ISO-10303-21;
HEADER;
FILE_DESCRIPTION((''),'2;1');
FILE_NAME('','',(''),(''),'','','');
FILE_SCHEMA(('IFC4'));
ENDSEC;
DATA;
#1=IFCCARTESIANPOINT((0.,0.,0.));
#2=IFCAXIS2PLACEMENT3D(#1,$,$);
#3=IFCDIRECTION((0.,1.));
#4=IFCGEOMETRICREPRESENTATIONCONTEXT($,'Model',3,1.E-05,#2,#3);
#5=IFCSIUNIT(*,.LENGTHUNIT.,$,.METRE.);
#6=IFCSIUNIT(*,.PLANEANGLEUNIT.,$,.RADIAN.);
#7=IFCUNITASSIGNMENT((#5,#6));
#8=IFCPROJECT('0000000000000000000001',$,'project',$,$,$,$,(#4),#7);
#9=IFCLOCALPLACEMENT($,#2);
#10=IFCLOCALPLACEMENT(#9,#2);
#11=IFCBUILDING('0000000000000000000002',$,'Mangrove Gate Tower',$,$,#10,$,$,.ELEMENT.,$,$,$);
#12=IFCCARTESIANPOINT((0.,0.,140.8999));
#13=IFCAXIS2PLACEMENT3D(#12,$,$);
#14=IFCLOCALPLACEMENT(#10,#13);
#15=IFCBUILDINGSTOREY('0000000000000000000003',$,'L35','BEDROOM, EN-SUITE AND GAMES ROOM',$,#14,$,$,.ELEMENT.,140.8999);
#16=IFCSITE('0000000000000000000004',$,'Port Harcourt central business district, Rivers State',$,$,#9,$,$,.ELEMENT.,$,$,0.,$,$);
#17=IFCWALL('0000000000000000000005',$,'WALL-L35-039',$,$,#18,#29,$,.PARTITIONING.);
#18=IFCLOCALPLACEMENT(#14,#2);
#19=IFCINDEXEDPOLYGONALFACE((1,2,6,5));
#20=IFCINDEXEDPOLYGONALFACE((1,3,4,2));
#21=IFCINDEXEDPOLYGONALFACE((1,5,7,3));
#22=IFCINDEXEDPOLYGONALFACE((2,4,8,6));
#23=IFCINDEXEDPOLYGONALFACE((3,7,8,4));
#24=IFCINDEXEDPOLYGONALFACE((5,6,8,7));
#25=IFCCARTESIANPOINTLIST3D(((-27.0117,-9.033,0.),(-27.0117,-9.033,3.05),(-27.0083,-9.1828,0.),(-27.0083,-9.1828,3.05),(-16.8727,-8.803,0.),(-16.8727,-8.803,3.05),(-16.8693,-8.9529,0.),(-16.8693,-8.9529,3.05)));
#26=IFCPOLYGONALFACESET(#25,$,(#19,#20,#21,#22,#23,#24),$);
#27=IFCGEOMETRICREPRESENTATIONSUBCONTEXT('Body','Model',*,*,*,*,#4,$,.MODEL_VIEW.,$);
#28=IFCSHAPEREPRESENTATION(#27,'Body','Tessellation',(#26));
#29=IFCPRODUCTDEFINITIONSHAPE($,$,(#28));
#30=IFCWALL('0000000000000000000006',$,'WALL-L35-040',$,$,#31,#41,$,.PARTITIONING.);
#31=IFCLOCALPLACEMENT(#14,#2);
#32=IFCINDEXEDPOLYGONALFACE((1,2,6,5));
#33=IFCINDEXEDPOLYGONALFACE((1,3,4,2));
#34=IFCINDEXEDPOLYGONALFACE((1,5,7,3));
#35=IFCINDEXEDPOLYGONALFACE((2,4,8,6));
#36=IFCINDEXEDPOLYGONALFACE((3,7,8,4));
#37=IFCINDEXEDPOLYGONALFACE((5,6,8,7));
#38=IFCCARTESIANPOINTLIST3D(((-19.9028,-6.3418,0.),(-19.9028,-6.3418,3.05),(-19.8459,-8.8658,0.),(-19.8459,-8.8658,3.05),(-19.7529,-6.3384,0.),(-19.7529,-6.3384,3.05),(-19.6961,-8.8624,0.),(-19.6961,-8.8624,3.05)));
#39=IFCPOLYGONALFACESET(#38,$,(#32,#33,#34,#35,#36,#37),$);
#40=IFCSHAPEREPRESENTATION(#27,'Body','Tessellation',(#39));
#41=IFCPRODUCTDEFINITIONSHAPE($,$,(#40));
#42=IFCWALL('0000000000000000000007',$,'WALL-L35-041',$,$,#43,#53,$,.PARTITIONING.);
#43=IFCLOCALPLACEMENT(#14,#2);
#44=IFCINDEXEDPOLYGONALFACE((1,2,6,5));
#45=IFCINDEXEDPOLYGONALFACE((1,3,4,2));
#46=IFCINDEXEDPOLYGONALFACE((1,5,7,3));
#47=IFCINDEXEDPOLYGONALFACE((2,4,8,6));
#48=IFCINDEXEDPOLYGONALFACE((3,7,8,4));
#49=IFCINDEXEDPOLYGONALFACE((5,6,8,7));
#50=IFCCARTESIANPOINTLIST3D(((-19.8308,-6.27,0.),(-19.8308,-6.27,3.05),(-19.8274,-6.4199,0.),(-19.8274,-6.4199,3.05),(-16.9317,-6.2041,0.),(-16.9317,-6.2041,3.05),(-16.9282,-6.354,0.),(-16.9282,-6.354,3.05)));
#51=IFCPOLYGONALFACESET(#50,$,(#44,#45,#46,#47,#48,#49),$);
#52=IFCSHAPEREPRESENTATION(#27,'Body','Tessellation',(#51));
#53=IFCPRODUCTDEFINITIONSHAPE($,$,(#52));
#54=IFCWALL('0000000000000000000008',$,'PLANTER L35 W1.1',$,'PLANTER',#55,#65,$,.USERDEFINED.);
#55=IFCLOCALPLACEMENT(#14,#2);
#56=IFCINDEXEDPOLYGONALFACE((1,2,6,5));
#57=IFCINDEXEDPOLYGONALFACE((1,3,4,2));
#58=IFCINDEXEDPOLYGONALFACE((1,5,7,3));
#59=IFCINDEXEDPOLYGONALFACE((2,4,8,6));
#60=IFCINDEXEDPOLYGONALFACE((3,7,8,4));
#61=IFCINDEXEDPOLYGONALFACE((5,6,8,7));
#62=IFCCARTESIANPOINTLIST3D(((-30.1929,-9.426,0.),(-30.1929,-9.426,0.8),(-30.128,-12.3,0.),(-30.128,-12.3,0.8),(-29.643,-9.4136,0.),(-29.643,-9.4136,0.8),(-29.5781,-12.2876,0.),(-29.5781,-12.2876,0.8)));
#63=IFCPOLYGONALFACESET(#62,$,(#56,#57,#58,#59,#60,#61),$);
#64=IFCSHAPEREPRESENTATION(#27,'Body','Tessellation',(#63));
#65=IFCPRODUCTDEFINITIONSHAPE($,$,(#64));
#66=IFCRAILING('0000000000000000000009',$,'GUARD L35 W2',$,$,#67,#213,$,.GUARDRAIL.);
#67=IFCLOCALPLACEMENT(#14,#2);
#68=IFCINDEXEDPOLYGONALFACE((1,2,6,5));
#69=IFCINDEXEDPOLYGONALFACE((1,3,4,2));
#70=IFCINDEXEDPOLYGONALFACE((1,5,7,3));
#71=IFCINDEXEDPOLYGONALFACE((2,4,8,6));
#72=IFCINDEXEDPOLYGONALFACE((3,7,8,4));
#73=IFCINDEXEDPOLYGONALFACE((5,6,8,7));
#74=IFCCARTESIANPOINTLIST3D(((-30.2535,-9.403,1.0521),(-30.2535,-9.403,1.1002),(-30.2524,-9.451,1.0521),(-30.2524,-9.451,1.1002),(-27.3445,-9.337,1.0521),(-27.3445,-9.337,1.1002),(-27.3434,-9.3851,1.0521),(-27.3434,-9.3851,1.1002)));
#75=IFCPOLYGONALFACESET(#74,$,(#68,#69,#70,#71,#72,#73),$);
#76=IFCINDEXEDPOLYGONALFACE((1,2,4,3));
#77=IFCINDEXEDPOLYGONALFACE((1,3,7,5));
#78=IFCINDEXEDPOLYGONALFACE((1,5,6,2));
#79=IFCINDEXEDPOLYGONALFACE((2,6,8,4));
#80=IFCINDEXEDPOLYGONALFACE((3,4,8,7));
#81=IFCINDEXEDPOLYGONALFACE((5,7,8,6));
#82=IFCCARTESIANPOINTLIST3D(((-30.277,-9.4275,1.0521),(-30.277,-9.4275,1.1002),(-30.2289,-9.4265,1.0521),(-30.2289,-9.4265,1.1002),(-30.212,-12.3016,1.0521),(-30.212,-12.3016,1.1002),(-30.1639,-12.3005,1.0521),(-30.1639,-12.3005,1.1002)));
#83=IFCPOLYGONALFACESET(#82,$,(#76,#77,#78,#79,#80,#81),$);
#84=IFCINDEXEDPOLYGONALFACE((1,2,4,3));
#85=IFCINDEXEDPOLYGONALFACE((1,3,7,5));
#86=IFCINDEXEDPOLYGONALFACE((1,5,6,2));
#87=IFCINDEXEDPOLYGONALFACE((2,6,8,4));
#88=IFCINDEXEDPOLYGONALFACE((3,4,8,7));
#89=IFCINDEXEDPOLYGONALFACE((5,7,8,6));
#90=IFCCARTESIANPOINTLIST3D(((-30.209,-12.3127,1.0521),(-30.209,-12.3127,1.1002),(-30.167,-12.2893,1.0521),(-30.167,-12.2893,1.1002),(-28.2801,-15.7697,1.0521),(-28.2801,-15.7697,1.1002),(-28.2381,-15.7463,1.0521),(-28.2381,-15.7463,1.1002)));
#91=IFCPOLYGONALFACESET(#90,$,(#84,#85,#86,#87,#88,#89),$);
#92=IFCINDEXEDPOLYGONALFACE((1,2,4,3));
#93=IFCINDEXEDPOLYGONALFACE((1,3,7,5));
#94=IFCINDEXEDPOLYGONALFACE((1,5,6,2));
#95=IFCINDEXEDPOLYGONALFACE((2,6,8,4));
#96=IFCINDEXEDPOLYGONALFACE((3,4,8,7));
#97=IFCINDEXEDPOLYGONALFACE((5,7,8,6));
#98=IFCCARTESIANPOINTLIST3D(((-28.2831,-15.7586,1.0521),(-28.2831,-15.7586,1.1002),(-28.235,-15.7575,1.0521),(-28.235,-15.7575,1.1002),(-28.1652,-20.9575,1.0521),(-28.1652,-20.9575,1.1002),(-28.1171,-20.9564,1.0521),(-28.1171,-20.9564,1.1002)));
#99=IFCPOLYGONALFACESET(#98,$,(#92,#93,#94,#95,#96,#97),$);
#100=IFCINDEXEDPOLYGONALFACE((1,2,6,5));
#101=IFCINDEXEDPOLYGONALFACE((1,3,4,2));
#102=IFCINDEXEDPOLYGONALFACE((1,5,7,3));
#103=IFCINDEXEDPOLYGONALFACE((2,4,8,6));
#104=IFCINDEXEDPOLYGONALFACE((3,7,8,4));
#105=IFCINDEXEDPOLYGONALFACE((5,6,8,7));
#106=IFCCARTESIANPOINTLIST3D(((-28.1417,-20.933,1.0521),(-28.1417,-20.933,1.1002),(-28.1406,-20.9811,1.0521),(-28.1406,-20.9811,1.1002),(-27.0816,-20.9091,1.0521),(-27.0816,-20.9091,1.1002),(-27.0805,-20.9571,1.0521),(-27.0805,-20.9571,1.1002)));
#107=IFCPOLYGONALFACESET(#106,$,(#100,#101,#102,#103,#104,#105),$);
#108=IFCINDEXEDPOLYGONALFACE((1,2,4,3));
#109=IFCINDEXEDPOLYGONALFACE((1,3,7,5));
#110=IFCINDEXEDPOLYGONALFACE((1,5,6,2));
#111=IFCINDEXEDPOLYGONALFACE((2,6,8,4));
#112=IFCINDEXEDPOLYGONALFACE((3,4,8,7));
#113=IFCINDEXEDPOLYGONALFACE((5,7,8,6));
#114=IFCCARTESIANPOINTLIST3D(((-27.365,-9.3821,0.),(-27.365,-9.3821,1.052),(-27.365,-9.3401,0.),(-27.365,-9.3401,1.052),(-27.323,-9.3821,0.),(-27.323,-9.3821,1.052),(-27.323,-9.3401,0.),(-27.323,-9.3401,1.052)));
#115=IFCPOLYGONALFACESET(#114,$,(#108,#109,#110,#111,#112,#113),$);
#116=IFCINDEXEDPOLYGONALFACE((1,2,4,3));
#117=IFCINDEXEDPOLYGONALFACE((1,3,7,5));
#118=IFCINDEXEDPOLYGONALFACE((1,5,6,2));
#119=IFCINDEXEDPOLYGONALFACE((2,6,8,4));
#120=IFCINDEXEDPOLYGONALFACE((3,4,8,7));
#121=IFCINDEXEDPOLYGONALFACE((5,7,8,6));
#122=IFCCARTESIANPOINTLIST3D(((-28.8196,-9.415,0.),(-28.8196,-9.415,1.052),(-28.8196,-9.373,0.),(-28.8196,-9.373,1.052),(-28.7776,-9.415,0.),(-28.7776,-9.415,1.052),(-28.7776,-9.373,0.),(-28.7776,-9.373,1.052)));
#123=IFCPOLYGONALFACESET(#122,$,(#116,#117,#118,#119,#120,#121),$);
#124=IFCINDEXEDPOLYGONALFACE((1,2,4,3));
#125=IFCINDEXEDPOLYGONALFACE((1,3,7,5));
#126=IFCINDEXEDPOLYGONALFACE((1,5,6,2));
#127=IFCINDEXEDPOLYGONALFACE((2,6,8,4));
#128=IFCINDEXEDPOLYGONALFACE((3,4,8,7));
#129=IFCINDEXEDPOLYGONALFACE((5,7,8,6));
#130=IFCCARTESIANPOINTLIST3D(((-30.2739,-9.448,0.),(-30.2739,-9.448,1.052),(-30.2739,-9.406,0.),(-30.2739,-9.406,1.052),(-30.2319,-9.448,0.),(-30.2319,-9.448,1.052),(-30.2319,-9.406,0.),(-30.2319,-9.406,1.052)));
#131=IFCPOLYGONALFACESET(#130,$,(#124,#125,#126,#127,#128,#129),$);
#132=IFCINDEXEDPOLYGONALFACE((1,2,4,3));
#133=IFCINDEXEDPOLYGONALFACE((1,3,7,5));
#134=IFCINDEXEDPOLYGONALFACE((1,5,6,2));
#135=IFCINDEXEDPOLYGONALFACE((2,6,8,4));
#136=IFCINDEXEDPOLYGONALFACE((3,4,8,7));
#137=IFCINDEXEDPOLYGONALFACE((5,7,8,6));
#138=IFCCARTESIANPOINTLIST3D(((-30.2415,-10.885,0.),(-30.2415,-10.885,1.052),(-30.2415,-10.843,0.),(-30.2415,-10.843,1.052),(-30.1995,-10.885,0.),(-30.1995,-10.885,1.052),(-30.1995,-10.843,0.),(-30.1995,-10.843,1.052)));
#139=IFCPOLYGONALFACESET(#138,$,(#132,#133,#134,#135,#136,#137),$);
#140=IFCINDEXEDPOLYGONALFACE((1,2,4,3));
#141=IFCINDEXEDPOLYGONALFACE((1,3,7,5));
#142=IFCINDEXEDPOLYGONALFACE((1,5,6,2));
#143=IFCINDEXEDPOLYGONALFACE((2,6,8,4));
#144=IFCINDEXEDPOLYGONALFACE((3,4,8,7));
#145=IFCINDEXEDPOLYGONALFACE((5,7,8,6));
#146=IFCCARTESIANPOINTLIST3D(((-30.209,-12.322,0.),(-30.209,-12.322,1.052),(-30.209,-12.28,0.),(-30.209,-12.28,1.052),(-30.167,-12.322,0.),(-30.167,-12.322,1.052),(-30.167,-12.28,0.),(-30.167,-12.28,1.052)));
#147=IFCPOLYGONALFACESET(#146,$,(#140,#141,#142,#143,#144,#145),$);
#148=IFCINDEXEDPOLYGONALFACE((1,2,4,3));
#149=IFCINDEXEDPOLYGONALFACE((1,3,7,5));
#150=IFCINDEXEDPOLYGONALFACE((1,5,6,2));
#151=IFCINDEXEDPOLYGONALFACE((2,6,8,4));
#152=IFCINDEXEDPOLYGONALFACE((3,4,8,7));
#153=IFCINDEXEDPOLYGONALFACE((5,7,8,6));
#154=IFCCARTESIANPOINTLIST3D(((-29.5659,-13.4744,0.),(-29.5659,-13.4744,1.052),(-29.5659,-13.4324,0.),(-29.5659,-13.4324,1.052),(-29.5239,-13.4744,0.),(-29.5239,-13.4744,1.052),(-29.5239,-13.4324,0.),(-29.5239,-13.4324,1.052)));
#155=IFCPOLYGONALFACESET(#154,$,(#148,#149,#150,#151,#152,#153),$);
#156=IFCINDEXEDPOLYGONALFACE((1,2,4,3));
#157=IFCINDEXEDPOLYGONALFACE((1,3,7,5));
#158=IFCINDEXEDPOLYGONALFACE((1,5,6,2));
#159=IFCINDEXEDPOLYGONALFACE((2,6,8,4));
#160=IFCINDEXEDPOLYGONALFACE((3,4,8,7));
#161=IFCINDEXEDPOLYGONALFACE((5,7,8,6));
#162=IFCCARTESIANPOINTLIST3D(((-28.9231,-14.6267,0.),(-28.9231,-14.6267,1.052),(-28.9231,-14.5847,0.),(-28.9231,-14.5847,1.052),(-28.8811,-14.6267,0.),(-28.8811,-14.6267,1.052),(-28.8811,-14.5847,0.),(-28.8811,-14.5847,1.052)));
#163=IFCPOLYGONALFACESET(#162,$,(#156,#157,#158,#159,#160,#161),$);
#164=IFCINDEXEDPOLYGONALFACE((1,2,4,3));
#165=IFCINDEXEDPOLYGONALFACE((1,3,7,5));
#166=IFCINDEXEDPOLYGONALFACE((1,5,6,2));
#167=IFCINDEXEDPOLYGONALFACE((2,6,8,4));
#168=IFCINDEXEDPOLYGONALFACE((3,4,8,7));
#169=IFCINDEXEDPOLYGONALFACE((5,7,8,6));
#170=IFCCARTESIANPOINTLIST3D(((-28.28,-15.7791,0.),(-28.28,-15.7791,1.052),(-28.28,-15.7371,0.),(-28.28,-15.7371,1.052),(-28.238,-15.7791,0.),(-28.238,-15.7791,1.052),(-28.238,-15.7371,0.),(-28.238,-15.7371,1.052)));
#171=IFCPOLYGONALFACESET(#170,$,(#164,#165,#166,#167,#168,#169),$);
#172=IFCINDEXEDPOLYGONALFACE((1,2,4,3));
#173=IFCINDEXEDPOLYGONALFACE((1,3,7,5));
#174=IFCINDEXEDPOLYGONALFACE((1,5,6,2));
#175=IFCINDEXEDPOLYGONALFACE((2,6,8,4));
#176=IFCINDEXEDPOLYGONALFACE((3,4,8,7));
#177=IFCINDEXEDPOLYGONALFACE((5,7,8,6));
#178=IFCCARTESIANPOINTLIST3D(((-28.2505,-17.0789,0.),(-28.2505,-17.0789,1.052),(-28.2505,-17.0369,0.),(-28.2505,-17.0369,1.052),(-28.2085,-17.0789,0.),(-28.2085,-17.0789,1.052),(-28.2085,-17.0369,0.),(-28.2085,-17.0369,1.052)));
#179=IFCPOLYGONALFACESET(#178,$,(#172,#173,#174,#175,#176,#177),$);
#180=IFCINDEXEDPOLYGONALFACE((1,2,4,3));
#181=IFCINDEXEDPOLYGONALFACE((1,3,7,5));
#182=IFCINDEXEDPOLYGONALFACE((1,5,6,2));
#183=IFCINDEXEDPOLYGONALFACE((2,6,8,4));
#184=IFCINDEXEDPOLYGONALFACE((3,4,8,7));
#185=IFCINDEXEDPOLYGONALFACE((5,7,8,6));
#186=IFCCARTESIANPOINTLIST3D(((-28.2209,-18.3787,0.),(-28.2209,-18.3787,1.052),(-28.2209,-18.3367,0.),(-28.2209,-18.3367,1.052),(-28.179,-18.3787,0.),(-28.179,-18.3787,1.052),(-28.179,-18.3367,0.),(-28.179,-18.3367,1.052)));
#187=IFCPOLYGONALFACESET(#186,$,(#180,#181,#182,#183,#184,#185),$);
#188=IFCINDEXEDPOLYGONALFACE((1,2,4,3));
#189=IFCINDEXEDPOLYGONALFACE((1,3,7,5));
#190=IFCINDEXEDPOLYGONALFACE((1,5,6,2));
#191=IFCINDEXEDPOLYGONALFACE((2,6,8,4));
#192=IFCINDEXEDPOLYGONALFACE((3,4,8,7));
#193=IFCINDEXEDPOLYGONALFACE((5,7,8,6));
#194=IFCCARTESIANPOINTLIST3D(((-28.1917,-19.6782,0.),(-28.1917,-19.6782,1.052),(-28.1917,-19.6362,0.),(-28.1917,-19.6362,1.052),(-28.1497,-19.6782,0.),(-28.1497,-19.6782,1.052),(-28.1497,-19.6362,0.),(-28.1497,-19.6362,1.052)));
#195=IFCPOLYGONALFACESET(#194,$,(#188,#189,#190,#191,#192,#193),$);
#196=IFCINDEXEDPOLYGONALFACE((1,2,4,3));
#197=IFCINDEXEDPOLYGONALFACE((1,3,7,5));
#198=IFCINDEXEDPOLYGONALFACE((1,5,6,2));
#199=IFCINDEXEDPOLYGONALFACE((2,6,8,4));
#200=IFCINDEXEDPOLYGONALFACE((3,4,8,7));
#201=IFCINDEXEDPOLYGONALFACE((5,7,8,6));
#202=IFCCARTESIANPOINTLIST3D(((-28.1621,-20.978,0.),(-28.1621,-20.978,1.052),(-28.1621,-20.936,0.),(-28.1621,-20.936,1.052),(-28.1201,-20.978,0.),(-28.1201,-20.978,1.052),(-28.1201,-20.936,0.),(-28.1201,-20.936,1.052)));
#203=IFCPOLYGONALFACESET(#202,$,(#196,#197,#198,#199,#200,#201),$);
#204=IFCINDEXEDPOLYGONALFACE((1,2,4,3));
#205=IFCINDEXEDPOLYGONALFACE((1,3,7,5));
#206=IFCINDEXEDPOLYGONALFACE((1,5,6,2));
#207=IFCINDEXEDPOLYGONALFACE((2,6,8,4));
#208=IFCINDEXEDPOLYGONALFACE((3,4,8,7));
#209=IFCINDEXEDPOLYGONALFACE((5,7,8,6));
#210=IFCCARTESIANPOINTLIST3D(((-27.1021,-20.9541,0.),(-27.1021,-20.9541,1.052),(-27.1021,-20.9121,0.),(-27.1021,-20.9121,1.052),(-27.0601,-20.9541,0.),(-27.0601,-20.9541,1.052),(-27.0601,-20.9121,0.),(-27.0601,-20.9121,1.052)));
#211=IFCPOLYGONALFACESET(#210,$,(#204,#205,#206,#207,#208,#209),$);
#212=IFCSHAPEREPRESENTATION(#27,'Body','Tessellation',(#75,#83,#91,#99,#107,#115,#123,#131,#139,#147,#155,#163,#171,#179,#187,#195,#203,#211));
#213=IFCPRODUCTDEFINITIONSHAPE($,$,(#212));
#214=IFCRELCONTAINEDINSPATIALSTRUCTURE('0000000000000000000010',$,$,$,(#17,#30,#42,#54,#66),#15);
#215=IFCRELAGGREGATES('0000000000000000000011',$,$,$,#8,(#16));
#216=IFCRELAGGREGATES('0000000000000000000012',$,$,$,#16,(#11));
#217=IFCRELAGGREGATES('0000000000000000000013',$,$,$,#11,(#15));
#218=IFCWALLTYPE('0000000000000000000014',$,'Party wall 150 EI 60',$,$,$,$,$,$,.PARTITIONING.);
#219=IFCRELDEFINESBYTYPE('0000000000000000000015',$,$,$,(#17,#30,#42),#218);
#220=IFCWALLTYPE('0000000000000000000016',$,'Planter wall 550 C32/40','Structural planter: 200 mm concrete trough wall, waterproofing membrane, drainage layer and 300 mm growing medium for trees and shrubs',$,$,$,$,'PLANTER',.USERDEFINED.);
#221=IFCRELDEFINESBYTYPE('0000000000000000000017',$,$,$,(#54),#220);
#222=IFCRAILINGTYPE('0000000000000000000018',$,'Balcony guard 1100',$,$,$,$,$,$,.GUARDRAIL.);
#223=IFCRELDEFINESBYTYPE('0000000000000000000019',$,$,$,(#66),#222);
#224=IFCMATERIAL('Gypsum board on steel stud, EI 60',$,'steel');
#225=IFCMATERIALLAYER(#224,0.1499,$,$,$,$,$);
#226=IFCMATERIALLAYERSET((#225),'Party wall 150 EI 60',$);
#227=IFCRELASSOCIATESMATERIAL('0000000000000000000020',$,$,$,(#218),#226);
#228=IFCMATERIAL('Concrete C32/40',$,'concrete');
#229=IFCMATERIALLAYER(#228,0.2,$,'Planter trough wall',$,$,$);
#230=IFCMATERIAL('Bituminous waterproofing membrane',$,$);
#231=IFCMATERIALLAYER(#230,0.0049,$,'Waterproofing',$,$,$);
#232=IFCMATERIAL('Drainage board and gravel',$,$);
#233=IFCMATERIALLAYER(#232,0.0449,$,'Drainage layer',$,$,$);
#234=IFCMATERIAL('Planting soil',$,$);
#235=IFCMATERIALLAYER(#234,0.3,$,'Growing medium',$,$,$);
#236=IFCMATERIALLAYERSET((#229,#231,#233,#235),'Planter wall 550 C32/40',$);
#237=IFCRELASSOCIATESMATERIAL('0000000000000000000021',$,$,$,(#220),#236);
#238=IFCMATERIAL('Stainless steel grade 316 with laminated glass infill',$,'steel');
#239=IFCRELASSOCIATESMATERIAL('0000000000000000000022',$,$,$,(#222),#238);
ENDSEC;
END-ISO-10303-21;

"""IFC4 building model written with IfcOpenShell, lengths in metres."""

from ifc_helpers import new_model, si_unit, direction, frame, frame_2d, origin, origin_2d, place, context, subcontext, project, spatial, rectangle, extrude, material, layer, layer_set, type_object, element, save


model = new_model("IFC4")

# Units and contexts
model_context = context("Model", 3, precision=1e-05, world=origin(), true_north=direction((0.0, 1.0)))
body_context = subcontext(model_context, "Body", "Model", "MODEL_VIEW")
ifc_project = project(units=[si_unit("LENGTHUNIT", "METRE"), si_unit("PLANEANGLEUNIT", "RADIAN")], contexts=[model_context])

# Site, building, storey
site_placement = place(None, origin())
site = spatial("IfcSite", under=ifc_project, at=site_placement, Name="Port Harcourt central business district, Rivers State", CompositionType="ELEMENT", RefElevation=0.0)
building_placement = place(site_placement, origin())
building = spatial("IfcBuilding", under=site, at=building_placement, Name="Mangrove Gate Tower", CompositionType="ELEMENT")
storey_placement = place(building_placement, frame((0.0, 0.0, 140.8999)))
storey = spatial("IfcBuildingStorey", under=building, at=storey_placement, Name="L35", Description="BEDROOM, EN-SUITE AND GAMES ROOM", CompositionType="ELEMENT", Elevation=140.8999)

# Walls
ifc_material_1 = material(Name="Gypsum board on steel stud, EI 60", Category="steel")
ifc_layer_1 = layer(ifc_material_1, 0.1499)
ifc_layer_set_1 = layer_set([ifc_layer_1], Name="Party wall 150 EI 60")
wall_type_1 = type_object("IfcWallType", Name="Party wall 150 EI 60", PredefinedType="PARTITIONING", material=ifc_layer_set_1)
wall_1_placement = place(storey_placement, frame((-27.01, -9.1079, 0.0), z_axis=(0.0, 0.0, 1.0), x_axis=(0.999743, 0.022677, 0.0)))
element("IfcWall", 1, at=wall_1_placement, inside=storey, type_object=wall_type_1, Name="WALL-L35-039", PredefinedType="PARTITIONING", context=body_context, shape_type="SweptSolid", body=[
    extrude(rectangle(XDim=10.1416, YDim=0.1499, at=frame_2d((5.0708, 0.0))), origin(), (0.0, 0.0, 1.0), 3.05),
])
wall_2_placement = place(storey_placement, frame((-19.771, -8.864, 0.0), z_axis=(0.0, 0.0, 1.0), x_axis=(-0.022532, 0.999746, 0.0)))
element("IfcWall", 2, at=wall_2_placement, inside=storey, type_object=wall_type_1, Name="WALL-L35-040", PredefinedType="PARTITIONING", context=body_context, shape_type="SweptSolid", body=[
    extrude(rectangle(XDim=2.5247, YDim=0.1499, at=frame_2d((1.2622, 0.0))), origin(), (0.0, 0.0, 1.0), 3.05),
])
wall_3_placement = place(storey_placement, frame((-19.8291, -6.345, 0.0), z_axis=(0.0, 0.0, 1.0), x_axis=(0.999742, 0.022731, 0.0)))
element("IfcWall", 3, at=wall_3_placement, inside=storey, type_object=wall_type_1, Name="WALL-L35-041", PredefinedType="PARTITIONING", context=body_context, shape_type="SweptSolid", body=[
    extrude(rectangle(XDim=2.8999, YDim=0.1499, at=frame_2d((1.45, 0.0))), origin(), (0.0, 0.0, 1.0), 3.05),
])
ifc_material_2 = material(Name="Concrete C32/40", Category="concrete")
ifc_layer_2 = layer(ifc_material_2, 0.2, Name="Planter trough wall")
ifc_material_3 = material(Name="Bituminous waterproofing membrane")
ifc_layer_3 = layer(ifc_material_3, 0.0049, Name="Waterproofing")
ifc_material_4 = material(Name="Drainage board and gravel")
ifc_layer_4 = layer(ifc_material_4, 0.0449, Name="Drainage layer")
ifc_material_5 = material(Name="Planting soil")
ifc_layer_5 = layer(ifc_material_5, 0.3, Name="Growing medium")
ifc_layer_set_2 = layer_set([ifc_layer_2, ifc_layer_3, ifc_layer_4, ifc_layer_5], Name="Planter wall 550 C32/40")
wall_type_2 = type_object("IfcWallType", Name="Planter wall 550 C32/40", Description="Structural planter: 200 mm concrete trough wall, waterproofing membrane, drainage layer and 300 mm growing medium for trees and shrubs", ElementType="PLANTER", PredefinedType="USERDEFINED", material=ifc_layer_set_2)
wall_4_placement = place(storey_placement, frame((-29.853, -12.2939, 0.0), z_axis=(0.0, 0.0, 1.0), x_axis=(-0.02259, 0.999745, 0.0)))
element("IfcWall", 4, at=wall_4_placement, inside=storey, type_object=wall_type_2, Name="PLANTER L35 W1.1", ObjectType="PLANTER", PredefinedType="USERDEFINED", context=body_context, shape_type="SweptSolid", body=[
    extrude(rectangle(XDim=2.8748, YDim=0.55, at=frame_2d((1.4375, 0.0))), origin(), (0.0, 0.0, 1.0), 0.8),
])

# Railing
ifc_material_6 = material(Name="Stainless steel grade 316 with laminated glass infill", Category="steel")
railing_type = type_object("IfcRailingType", Name="Balcony guard 1100", PredefinedType="GUARDRAIL", material=ifc_material_6)
railing_placement = place(storey_placement, frame((-27.344, -9.3611, 0.0)))
element("IfcRailing", 5, at=railing_placement, inside=storey, type_object=railing_type, Name="GUARD L35 W2", PredefinedType="GUARDRAIL", context=body_context, shape_type="SweptSolid", body=[
    extrude(rectangle(XDim=0.0481, YDim=0.0481, at=origin_2d()), frame((0.0, 0.0, 1.0762), z_axis=(-0.999743, -0.022655, 0.0), x_axis=(0.022655, -0.999743, 0.0)), (0.0, 0.0, 1.0), 2.9097),
    extrude(rectangle(XDim=0.0481, YDim=0.0481, at=origin_2d()), frame((-2.9089, -0.0659, 1.0762), z_axis=(0.02259, -0.999745, 0.0), x_axis=(0.999745, 0.02259, 0.0)), (0.0, 0.0, 1.0), 2.8748),
    extrude(rectangle(XDim=0.0481, YDim=0.0481, at=origin_2d()), frame((-2.844, -2.9399, 1.0762), z_axis=(0.48726, -0.873257, 0.0), x_axis=(0.873257, 0.48726, 0.0)), (0.0, 0.0, 1.0), 3.9587),
    extrude(rectangle(XDim=0.0481, YDim=0.0481, at=origin_2d()), frame((-0.915, -6.397, 1.0762), z_axis=(0.022676, -0.999743, 0.0), x_axis=(0.999743, 0.022676, 0.0)), (0.0, 0.0, 1.0), 5.2002),
    extrude(rectangle(XDim=0.0481, YDim=0.0481, at=origin_2d()), frame((-0.7971, -11.5959, 1.0762), z_axis=(0.999745, 0.022564, 0.0), x_axis=(-0.022564, 0.999745, 0.0)), (0.0, 0.0, 1.0), 1.0603),
    extrude(rectangle(XDim=0.042, YDim=0.042, at=origin_2d()), origin(), (0.0, 0.0, 1.0), 1.052),
    extrude(rectangle(XDim=0.042, YDim=0.042, at=origin_2d()), frame((-1.4546, -0.033, 0.0)), (0.0, 0.0, 1.0), 1.052),
    extrude(rectangle(XDim=0.042, YDim=0.042, at=origin_2d()), frame((-2.9089, -0.0659, 0.0)), (0.0, 0.0, 1.0), 1.052),
    extrude(rectangle(XDim=0.042, YDim=0.042, at=origin_2d()), frame((-2.8765, -1.5029, 0.0)), (0.0, 0.0, 1.0), 1.052),
    extrude(rectangle(XDim=0.042, YDim=0.042, at=origin_2d()), frame((-2.844, -2.9399, 0.0)), (0.0, 0.0, 1.0), 1.052),
    extrude(rectangle(XDim=0.042, YDim=0.042, at=origin_2d()), frame((-2.2009, -4.0923, 0.0)), (0.0, 0.0, 1.0), 1.052),
    extrude(rectangle(XDim=0.042, YDim=0.042, at=origin_2d()), frame((-1.5581, -5.2446, 0.0)), (0.0, 0.0, 1.0), 1.052),
    extrude(rectangle(XDim=0.042, YDim=0.042, at=origin_2d()), frame((-0.915, -6.397, 0.0)), (0.0, 0.0, 1.0), 1.052),
    extrude(rectangle(XDim=0.042, YDim=0.042, at=origin_2d()), frame((-0.8855, -7.6968, 0.0)), (0.0, 0.0, 1.0), 1.052),
    extrude(rectangle(XDim=0.042, YDim=0.042, at=origin_2d()), frame((-0.856, -8.9966, 0.0)), (0.0, 0.0, 1.0), 1.052),
    extrude(rectangle(XDim=0.042, YDim=0.042, at=origin_2d()), frame((-0.8267, -10.2961, 0.0)), (0.0, 0.0, 1.0), 1.052),
    extrude(rectangle(XDim=0.042, YDim=0.042, at=origin_2d()), frame((-0.7971, -11.5959, 0.0)), (0.0, 0.0, 1.0), 1.052),
    extrude(rectangle(XDim=0.042, YDim=0.042, at=origin_2d()), frame((0.2629, -11.572, 0.0)), (0.0, 0.0, 1.0), 1.052),
])

save(model, "model.ifc")
